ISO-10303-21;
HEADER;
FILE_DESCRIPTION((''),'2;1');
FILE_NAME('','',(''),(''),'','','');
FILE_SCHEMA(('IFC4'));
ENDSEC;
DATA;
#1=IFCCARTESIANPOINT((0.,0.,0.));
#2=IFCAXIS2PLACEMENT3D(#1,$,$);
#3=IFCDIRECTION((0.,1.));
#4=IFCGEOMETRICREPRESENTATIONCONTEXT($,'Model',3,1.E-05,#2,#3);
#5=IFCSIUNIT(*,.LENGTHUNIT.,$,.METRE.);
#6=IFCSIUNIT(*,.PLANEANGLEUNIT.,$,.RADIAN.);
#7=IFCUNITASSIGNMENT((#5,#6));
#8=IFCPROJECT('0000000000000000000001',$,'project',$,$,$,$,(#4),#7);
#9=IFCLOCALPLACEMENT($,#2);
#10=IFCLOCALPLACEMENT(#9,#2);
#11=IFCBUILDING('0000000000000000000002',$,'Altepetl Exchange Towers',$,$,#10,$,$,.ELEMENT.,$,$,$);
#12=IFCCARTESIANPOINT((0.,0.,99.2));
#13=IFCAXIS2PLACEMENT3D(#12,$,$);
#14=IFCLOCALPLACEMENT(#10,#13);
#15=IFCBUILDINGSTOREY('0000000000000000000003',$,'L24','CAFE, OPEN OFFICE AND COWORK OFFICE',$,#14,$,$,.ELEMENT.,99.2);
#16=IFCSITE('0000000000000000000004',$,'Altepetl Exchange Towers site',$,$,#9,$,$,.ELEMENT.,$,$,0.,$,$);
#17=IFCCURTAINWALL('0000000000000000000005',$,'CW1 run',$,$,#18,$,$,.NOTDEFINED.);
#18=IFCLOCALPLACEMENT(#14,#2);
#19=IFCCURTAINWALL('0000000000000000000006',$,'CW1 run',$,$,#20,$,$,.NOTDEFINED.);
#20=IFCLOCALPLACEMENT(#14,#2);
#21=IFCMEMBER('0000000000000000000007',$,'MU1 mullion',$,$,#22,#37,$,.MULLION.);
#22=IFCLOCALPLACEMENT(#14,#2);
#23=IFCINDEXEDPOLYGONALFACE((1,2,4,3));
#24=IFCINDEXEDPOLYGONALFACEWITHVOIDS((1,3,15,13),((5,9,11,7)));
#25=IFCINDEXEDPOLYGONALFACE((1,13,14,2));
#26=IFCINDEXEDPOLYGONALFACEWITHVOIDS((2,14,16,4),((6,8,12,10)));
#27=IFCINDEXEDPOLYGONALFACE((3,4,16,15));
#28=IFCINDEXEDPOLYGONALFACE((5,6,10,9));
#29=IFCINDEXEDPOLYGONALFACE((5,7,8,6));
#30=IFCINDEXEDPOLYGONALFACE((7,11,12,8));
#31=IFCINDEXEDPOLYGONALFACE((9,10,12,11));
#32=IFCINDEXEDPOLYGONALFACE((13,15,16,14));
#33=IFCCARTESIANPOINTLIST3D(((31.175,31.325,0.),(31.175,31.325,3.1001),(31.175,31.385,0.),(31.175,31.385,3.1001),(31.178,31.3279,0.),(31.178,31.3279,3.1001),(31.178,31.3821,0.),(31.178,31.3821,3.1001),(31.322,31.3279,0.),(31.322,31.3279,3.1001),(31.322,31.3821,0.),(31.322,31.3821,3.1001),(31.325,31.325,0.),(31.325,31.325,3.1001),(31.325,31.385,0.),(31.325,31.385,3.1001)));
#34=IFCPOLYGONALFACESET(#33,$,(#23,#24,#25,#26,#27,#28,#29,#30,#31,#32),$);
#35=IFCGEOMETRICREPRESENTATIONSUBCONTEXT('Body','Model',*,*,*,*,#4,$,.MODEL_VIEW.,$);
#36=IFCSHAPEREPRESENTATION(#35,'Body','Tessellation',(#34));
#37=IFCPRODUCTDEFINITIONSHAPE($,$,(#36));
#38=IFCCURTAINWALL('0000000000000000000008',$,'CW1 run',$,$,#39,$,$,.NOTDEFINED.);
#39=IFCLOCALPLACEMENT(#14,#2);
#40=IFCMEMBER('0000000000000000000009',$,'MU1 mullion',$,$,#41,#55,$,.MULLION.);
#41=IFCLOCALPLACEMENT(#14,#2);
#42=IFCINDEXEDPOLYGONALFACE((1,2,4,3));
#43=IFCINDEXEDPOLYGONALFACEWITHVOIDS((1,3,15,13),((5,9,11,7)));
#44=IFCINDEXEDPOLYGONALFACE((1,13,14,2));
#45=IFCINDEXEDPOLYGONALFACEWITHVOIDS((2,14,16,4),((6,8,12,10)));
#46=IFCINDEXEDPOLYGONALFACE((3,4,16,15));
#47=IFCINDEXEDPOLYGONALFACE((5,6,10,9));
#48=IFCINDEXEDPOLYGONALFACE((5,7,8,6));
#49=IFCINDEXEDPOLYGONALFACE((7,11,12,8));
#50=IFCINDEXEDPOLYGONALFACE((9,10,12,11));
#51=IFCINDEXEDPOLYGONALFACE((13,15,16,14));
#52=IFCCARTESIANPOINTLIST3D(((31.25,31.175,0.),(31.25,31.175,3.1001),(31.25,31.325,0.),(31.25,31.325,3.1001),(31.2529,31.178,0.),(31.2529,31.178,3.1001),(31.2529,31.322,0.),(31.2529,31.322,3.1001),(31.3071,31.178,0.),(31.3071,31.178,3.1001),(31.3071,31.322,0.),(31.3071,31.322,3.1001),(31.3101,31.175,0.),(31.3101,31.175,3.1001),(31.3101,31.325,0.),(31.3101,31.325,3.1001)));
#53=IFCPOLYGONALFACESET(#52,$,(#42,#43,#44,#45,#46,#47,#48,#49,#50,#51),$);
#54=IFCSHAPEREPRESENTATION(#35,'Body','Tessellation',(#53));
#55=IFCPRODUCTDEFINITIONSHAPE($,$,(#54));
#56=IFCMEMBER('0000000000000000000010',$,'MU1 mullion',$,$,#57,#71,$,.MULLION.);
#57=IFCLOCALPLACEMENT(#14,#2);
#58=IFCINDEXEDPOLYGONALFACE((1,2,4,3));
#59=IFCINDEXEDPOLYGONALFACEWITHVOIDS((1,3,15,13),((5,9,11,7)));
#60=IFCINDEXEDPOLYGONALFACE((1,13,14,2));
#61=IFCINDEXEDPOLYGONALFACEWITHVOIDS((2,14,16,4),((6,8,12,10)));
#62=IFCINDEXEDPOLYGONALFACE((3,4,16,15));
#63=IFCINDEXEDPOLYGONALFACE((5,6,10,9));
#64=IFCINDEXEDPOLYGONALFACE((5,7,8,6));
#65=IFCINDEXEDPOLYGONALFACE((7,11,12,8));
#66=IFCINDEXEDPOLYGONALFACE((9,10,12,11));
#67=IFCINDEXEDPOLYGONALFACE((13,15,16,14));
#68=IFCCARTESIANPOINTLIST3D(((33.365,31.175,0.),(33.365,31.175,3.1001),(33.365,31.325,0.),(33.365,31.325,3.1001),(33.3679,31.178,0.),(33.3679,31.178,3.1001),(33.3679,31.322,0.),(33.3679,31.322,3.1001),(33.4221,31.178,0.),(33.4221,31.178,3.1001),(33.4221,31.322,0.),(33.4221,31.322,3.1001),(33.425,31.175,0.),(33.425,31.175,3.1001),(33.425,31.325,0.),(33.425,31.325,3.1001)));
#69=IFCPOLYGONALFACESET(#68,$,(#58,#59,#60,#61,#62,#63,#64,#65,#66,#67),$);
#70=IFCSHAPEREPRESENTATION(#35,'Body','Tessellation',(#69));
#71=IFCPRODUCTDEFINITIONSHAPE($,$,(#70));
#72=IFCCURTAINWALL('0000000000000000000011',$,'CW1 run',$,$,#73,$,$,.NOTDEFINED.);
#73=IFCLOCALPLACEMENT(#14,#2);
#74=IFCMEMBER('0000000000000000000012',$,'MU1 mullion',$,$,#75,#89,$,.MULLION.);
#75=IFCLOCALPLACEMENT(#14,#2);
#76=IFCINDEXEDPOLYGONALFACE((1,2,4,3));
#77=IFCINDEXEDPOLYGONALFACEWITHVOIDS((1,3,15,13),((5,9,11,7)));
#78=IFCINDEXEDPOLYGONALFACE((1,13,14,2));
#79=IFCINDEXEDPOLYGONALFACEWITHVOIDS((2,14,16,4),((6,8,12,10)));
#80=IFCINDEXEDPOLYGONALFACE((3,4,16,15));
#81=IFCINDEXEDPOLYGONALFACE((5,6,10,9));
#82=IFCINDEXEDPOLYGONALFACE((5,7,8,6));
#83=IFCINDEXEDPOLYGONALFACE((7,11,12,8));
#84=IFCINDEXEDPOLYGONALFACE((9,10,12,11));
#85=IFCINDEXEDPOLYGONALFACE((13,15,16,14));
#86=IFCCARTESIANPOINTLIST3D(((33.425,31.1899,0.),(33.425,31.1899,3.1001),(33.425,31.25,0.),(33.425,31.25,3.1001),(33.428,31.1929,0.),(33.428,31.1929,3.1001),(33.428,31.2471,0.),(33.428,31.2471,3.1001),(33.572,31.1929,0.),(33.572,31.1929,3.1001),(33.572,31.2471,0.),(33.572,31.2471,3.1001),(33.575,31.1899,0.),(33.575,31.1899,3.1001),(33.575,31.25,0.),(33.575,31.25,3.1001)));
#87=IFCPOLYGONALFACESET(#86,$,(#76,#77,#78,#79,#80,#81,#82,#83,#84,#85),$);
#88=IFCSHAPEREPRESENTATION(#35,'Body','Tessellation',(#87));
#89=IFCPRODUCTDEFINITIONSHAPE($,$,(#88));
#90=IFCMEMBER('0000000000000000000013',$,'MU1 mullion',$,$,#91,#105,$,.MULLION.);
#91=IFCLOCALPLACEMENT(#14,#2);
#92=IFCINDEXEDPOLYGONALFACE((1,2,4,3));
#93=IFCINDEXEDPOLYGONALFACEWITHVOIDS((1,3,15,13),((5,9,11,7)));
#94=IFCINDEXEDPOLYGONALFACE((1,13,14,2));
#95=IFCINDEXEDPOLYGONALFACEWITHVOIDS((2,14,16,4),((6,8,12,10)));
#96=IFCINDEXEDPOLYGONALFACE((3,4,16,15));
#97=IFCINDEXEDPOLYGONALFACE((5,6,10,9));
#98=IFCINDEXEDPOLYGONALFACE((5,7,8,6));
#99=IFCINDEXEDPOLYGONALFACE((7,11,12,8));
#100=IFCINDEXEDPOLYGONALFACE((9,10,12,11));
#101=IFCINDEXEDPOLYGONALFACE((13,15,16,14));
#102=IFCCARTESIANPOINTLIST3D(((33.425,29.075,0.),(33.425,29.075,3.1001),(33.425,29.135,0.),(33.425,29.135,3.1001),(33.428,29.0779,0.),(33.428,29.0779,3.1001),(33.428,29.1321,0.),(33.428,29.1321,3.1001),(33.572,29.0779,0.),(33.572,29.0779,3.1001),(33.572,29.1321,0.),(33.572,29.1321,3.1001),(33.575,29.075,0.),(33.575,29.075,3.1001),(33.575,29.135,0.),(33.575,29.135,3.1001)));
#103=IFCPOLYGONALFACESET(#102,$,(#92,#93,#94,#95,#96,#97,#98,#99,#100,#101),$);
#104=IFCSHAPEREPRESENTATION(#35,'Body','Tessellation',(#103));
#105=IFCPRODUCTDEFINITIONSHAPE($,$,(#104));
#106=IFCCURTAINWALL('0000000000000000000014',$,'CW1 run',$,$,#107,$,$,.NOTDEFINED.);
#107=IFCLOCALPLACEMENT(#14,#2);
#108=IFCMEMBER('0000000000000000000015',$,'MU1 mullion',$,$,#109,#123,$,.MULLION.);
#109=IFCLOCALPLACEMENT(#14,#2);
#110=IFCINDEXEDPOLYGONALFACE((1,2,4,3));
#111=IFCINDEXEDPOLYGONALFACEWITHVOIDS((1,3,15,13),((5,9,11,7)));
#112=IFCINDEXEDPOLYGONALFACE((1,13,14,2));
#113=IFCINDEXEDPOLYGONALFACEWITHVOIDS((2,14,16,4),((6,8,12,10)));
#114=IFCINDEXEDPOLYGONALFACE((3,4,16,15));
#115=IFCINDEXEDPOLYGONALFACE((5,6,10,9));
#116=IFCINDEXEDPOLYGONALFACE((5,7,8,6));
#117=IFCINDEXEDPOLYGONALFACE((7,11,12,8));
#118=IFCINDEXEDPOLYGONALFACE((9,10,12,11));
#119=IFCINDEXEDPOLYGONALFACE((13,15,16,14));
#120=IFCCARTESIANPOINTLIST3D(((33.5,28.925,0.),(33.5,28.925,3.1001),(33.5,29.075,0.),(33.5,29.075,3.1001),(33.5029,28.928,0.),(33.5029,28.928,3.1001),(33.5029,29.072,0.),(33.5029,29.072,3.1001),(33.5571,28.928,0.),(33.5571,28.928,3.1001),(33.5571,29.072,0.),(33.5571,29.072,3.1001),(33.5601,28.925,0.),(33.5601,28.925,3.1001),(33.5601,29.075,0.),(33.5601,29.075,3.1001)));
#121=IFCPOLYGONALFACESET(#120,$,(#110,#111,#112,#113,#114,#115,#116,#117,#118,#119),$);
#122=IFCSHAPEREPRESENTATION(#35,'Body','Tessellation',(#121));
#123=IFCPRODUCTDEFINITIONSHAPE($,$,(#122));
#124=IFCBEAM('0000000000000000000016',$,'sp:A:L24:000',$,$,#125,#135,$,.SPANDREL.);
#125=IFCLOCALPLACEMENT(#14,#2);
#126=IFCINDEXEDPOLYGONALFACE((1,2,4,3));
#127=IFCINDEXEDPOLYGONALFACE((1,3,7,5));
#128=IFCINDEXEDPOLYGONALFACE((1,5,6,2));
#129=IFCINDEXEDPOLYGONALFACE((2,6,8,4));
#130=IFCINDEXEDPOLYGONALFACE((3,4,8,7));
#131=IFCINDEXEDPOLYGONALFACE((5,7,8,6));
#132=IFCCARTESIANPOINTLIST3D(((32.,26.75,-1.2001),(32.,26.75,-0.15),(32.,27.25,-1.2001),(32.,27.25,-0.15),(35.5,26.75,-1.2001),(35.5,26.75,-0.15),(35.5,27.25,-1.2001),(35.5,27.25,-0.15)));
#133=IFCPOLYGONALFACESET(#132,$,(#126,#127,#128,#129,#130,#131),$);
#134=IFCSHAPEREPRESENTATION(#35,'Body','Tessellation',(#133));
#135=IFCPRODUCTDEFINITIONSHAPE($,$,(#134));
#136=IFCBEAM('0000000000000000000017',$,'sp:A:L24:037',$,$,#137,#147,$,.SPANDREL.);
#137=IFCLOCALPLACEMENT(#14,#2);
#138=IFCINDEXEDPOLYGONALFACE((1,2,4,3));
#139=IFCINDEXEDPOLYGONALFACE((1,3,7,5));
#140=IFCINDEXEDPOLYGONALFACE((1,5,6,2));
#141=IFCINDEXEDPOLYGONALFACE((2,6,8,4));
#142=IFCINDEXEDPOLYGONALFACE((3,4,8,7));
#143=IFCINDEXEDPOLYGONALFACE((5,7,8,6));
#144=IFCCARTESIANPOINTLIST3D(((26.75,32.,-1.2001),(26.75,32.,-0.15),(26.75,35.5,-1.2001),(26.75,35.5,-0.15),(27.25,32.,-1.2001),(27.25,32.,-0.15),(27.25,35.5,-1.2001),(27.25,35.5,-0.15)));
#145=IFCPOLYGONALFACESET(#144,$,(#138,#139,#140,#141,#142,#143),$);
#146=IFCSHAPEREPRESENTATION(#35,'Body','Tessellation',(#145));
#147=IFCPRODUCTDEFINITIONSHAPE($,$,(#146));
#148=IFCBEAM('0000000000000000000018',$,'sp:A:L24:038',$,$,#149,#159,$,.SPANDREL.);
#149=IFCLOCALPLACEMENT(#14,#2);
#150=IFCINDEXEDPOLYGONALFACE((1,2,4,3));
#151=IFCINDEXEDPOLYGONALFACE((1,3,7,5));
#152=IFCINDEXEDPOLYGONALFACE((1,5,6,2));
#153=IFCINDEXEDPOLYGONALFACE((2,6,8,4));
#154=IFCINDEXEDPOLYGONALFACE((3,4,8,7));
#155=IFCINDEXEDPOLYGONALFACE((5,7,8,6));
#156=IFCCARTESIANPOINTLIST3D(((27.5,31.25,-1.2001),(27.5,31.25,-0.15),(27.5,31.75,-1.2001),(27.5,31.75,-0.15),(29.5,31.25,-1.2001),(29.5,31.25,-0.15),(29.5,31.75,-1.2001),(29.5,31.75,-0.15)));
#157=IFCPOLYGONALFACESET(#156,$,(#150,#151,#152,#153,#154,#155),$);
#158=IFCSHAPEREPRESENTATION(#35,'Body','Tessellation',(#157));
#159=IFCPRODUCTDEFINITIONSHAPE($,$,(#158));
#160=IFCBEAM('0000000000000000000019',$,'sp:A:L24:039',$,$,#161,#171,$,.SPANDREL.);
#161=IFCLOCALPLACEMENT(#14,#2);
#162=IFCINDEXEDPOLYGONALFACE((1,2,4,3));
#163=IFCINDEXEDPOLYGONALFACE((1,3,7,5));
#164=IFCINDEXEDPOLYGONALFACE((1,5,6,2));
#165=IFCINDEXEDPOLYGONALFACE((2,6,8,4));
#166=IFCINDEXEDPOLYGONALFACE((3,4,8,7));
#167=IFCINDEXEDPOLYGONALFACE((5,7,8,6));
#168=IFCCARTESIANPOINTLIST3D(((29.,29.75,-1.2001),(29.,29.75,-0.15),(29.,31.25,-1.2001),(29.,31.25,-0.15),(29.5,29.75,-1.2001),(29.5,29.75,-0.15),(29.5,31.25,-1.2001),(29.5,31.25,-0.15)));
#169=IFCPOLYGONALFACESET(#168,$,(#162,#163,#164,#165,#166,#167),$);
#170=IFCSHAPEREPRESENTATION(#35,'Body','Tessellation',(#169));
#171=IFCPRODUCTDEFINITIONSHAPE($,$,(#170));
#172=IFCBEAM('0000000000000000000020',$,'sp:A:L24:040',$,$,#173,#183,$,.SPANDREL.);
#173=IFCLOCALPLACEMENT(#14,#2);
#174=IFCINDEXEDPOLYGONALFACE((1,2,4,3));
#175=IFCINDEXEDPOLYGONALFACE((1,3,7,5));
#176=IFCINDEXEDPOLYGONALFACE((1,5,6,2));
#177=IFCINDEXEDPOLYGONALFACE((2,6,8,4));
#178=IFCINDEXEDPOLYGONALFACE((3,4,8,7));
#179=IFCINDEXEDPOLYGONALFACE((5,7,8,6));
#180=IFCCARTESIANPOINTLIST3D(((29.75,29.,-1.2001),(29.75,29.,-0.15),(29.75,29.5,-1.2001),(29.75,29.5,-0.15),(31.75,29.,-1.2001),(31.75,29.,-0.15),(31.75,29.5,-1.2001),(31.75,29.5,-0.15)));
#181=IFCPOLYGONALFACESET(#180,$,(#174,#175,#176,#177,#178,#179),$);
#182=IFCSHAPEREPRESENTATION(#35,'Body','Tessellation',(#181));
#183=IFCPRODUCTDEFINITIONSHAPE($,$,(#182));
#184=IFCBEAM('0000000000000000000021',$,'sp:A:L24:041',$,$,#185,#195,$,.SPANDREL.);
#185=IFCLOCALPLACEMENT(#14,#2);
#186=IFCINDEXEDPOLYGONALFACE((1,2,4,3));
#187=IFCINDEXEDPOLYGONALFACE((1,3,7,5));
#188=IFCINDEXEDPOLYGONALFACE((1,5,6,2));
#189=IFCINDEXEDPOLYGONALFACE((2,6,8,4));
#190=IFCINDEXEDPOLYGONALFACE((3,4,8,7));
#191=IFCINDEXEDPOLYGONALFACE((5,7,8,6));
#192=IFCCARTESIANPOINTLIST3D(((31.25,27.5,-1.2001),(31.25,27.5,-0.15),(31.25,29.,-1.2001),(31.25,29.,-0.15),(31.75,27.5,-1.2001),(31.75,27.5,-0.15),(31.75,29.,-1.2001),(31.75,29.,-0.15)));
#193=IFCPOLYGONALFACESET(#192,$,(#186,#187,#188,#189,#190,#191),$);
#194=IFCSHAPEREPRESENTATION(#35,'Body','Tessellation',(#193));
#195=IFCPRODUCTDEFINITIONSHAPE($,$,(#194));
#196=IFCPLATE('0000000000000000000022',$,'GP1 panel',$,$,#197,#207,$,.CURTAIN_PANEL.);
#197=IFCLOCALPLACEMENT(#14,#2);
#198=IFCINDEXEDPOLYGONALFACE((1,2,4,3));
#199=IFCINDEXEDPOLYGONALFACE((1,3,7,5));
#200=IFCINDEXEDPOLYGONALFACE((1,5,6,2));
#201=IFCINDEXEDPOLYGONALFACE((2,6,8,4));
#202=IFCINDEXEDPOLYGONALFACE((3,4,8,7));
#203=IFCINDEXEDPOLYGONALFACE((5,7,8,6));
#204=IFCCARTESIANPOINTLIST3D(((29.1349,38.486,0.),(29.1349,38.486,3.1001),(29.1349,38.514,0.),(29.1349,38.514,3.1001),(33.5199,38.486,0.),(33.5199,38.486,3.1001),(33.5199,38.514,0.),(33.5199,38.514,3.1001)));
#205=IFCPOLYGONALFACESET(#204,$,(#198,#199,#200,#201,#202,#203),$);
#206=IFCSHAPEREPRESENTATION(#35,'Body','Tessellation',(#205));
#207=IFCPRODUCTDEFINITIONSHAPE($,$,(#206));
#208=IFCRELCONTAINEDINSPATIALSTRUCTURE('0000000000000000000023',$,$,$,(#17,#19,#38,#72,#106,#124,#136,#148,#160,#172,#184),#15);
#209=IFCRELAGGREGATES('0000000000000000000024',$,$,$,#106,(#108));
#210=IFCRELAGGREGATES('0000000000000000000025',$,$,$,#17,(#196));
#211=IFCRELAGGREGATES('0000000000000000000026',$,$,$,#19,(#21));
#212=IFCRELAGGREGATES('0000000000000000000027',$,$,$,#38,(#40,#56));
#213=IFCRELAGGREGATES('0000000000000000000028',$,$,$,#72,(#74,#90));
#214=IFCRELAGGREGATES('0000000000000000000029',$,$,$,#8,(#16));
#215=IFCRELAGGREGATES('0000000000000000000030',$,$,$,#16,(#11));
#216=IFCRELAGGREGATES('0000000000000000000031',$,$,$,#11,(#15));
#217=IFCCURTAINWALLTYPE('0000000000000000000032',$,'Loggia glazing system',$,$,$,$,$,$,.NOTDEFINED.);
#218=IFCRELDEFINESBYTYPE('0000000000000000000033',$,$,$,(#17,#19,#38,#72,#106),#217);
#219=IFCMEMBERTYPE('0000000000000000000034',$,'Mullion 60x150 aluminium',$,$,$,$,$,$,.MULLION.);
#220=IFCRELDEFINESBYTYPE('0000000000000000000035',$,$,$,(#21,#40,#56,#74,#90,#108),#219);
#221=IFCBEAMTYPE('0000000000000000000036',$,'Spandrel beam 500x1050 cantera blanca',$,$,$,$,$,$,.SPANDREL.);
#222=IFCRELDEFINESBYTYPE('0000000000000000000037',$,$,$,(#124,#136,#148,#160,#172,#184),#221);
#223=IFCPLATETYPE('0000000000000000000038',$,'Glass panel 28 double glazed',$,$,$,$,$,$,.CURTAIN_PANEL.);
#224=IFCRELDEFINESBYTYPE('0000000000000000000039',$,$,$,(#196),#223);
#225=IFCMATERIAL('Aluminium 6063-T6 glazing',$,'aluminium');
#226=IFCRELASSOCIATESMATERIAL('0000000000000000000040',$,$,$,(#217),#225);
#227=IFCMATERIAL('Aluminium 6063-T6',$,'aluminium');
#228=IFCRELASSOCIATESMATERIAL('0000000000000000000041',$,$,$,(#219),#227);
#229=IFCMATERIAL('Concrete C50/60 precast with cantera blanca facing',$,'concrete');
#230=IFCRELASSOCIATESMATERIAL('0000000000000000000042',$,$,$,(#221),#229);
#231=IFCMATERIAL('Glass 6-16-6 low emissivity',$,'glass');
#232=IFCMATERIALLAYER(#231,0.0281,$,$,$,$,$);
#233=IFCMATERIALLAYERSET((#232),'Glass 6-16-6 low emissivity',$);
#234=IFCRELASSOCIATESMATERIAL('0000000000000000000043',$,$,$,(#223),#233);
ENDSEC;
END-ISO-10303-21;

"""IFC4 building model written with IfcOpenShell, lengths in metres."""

from ifc_helpers import new_model, si_unit, direction, frame, origin, origin_2d, place, context, subcontext, project, spatial, rectangle, hollow_rectangle, extrude, material, layer, layer_set, material_profile, profile_set, type_object, element, aggregate, save


model = new_model("IFC4")

# Units and contexts
model_context = context("Model", 3, precision=1e-05, world=origin(), true_north=direction((0.0, 1.0)))
body_context = subcontext(model_context, "Body", "Model", "MODEL_VIEW")
ifc_project = project(units=[si_unit("LENGTHUNIT", "METRE"), si_unit("PLANEANGLEUNIT", "RADIAN")], contexts=[model_context])

# Site, building, storey
site_placement = place(None, origin())
site = spatial("IfcSite", under=ifc_project, at=site_placement, Name="Altepetl Exchange Towers site", CompositionType="ELEMENT", RefElevation=0.0)
building_placement = place(site_placement, origin())
building = spatial("IfcBuilding", under=site, at=building_placement, Name="Altepetl Exchange Towers", CompositionType="ELEMENT")
storey_placement = place(building_placement, frame((0.0, 0.0, 99.2)))
storey = spatial("IfcBuildingStorey", under=building, at=storey_placement, Name="L24", Description="CAFE, OPEN OFFICE AND COWORK OFFICE", CompositionType="ELEMENT", Elevation=99.2)

# Curtain walls, members
ifc_material_1 = material(Name="Aluminium 6063-T6 glazing", Category="aluminium")
curtain_wall_type = type_object("IfcCurtainWallType", Name="Loggia glazing system", PredefinedType="NOTDEFINED", material=ifc_material_1)
curtain_wall_1_placement = place(storey_placement, origin())
curtain_wall_1 = element("IfcCurtainWall", 1, at=curtain_wall_1_placement, inside=storey, type_object=curtain_wall_type, Name="CW1 run", PredefinedType="NOTDEFINED")
ifc_material_2 = material(Name="Aluminium 6063-T6", Category="aluminium")
ifc_material_profile_1 = material_profile(ifc_material_2, hollow_rectangle(XDim=0.0601, YDim=0.1499, WallThickness=0.0029, at=origin_2d()), Name="Mullion 60x150 aluminium")
ifc_profile_set_1 = profile_set([ifc_material_profile_1], Name="Aluminium 6063-T6")
member_type = type_object("IfcMemberType", Name="Mullion 60x150 aluminium", PredefinedType="MULLION", material=ifc_profile_set_1)
curtain_wall_2_placement = place(storey_placement, origin())
curtain_wall_2 = element("IfcCurtainWall", 2, at=curtain_wall_2_placement, inside=storey, type_object=curtain_wall_type, Name="CW1 run", PredefinedType="NOTDEFINED")
member_1_placement = place(storey_placement, frame((31.25, 31.355, 0.0), z_axis=(0.0, 0.0, 1.0), x_axis=(0.0, -1.0, 0.0)))
member_1 = element("IfcMember", 3, at=member_1_placement, type_object=member_type, Name="MU1 mullion", PredefinedType="MULLION", context=body_context, shape_type="SweptSolid", body=[
    extrude(hollow_rectangle(XDim=0.0601, YDim=0.1499, WallThickness=0.0029, at=origin_2d()), origin(), (0.0, 0.0, 1.0), 3.1001),
])
curtain_wall_3_placement = place(storey_placement, origin())
curtain_wall_3 = element("IfcCurtainWall", 4, at=curtain_wall_3_placement, inside=storey, type_object=curtain_wall_type, Name="CW1 run", PredefinedType="NOTDEFINED")
member_2_placement = place(storey_placement, frame((31.28, 31.25, 0.0)))
member_2 = element("IfcMember", 5, at=member_2_placement, type_object=member_type, Name="MU1 mullion", PredefinedType="MULLION", context=body_context, shape_type="SweptSolid", body=[
    extrude(hollow_rectangle(XDim=0.0601, YDim=0.1499, WallThickness=0.0029, at=origin_2d()), origin(), (0.0, 0.0, 1.0), 3.1001),
])
member_3_placement = place(storey_placement, frame((33.395, 31.25, 0.0)))
member_3 = element("IfcMember", 6, at=member_3_placement, type_object=member_type, Name="MU1 mullion", PredefinedType="MULLION", context=body_context, shape_type="SweptSolid", body=[
    extrude(hollow_rectangle(XDim=0.0601, YDim=0.1499, WallThickness=0.0029, at=origin_2d()), origin(), (0.0, 0.0, 1.0), 3.1001),
])
curtain_wall_4_placement = place(storey_placement, origin())
curtain_wall_4 = element("IfcCurtainWall", 7, at=curtain_wall_4_placement, inside=storey, type_object=curtain_wall_type, Name="CW1 run", PredefinedType="NOTDEFINED")
member_4_placement = place(storey_placement, frame((33.5, 31.22, 0.0), z_axis=(0.0, 0.0, 1.0), x_axis=(0.0, -1.0, 0.0)))
member_4 = element("IfcMember", 8, at=member_4_placement, type_object=member_type, Name="MU1 mullion", PredefinedType="MULLION", context=body_context, shape_type="SweptSolid", body=[
    extrude(hollow_rectangle(XDim=0.0601, YDim=0.1499, WallThickness=0.0029, at=origin_2d()), origin(), (0.0, 0.0, 1.0), 3.1001),
])
member_5_placement = place(storey_placement, frame((33.5, 29.105, 0.0), z_axis=(0.0, 0.0, 1.0), x_axis=(0.0, -1.0, 0.0)))
member_5 = element("IfcMember", 9, at=member_5_placement, type_object=member_type, Name="MU1 mullion", PredefinedType="MULLION", context=body_context, shape_type="SweptSolid", body=[
    extrude(hollow_rectangle(XDim=0.0601, YDim=0.1499, WallThickness=0.0029, at=origin_2d()), origin(), (0.0, 0.0, 1.0), 3.1001),
])

# Curtain wall, member
curtain_wall_5_placement = place(storey_placement, origin())
curtain_wall_5 = element("IfcCurtainWall", 10, at=curtain_wall_5_placement, inside=storey, type_object=curtain_wall_type, Name="CW1 run", PredefinedType="NOTDEFINED")
member_6_placement = place(storey_placement, frame((33.53, 29.0, 0.0)))
member_6 = element("IfcMember", 11, at=member_6_placement, type_object=member_type, Name="MU1 mullion", PredefinedType="MULLION", context=body_context, shape_type="SweptSolid", body=[
    extrude(hollow_rectangle(XDim=0.0601, YDim=0.1499, WallThickness=0.0029, at=origin_2d()), origin(), (0.0, 0.0, 1.0), 3.1001),
])
aggregate(curtain_wall_5, [member_6])

# Beams
ifc_material_3 = material(Name="Concrete C50/60 precast with cantera blanca facing", Category="concrete")
ifc_material_profile_2 = material_profile(ifc_material_3, rectangle(XDim=0.5, YDim=1.05, at=origin_2d()), Name="500 x 1050")
ifc_profile_set_2 = profile_set([ifc_material_profile_2], Name="Concrete C50/60 precast with cantera blanca facing")
beam_type_1 = type_object("IfcBeamType", Name="Spandrel beam 500x1050 cantera blanca", PredefinedType="SPANDREL", material=ifc_profile_set_2)
for number, where, z_axis, x_axis, name in (
    (12, (32.0, 27.0, -0.675), (1.0, 0.0, 0.0), (0.0, 1.0, 0.0), "sp:A:L24:000"),
    (13, (27.0, 35.5, -0.675), (0.0, -1.0, 0.0), (1.0, 0.0, 0.0), "sp:A:L24:037"),
):
    element("IfcBeam", number, at=place(storey_placement, frame(where, z_axis=z_axis, x_axis=x_axis)), inside=storey, type_object=beam_type_1, Name=name, PredefinedType="SPANDREL", context=body_context, shape_type="SweptSolid", body=[
        extrude(rectangle(XDim=0.5, YDim=1.05, at=origin_2d()), origin(), (0.0, 0.0, 1.0), 3.5),
    ])
beam_1_placement = place(storey_placement, frame((27.5, 31.5, -0.675), z_axis=(1.0, 0.0, 0.0), x_axis=(0.0, 1.0, 0.0)))
element("IfcBeam", 14, at=beam_1_placement, inside=storey, type_object=beam_type_1, Name="sp:A:L24:038", PredefinedType="SPANDREL", context=body_context, shape_type="SweptSolid", body=[
    extrude(rectangle(XDim=0.5, YDim=1.05, at=origin_2d()), origin(), (0.0, 0.0, 1.0), 2.0),
])
beam_2_placement = place(storey_placement, frame((29.25, 31.25, -0.675), z_axis=(0.0, -1.0, 0.0), x_axis=(1.0, 0.0, 0.0)))
element("IfcBeam", 15, at=beam_2_placement, inside=storey, type_object=beam_type_1, Name="sp:A:L24:039", PredefinedType="SPANDREL", context=body_context, shape_type="SweptSolid", body=[
    extrude(rectangle(XDim=0.5, YDim=1.05, at=origin_2d()), origin(), (0.0, 0.0, 1.0), 1.5),
])
beam_3_placement = place(storey_placement, frame((29.75, 29.25, -0.675), z_axis=(1.0, 0.0, 0.0), x_axis=(0.0, 1.0, 0.0)))
element("IfcBeam", 16, at=beam_3_placement, inside=storey, type_object=beam_type_1, Name="sp:A:L24:040", PredefinedType="SPANDREL", context=body_context, shape_type="SweptSolid", body=[
    extrude(rectangle(XDim=0.5, YDim=1.05, at=origin_2d()), origin(), (0.0, 0.0, 1.0), 2.0),
])
beam_4_placement = place(storey_placement, frame((31.5, 29.0, -0.675), z_axis=(0.0, -1.0, 0.0), x_axis=(1.0, 0.0, 0.0)))
element("IfcBeam", 17, at=beam_4_placement, inside=storey, type_object=beam_type_1, Name="sp:A:L24:041", PredefinedType="SPANDREL", context=body_context, shape_type="SweptSolid", body=[
    extrude(rectangle(XDim=0.5, YDim=1.05, at=origin_2d()), origin(), (0.0, 0.0, 1.0), 1.5),
])

# Plate
ifc_material_4 = material(Name="Glass 6-16-6 low emissivity", Category="glass")
ifc_layer_1 = layer(ifc_material_4, 0.0281)
ifc_layer_set_1 = layer_set([ifc_layer_1], Name="Glass 6-16-6 low emissivity")
plate_type = type_object("IfcPlateType", Name="Glass panel 28 double glazed", PredefinedType="CURTAIN_PANEL", material=ifc_layer_set_1)
plate_1_placement = place(storey_placement, frame((31.3274, 38.5, 0.0), z_axis=(0.0, 0.0, 1.0), x_axis=(-1.0, 0.0, 0.0)))
plate_1 = element("IfcPlate", 18, at=plate_1_placement, type_object=plate_type, Name="GP1 panel", PredefinedType="CURTAIN_PANEL", context=body_context, shape_type="SweptSolid", body=[
    extrude(rectangle(XDim=4.385, YDim=0.0281, at=origin_2d()), origin(), (0.0, 0.0, 1.0), 3.1001),
])
aggregate(curtain_wall_1, [plate_1])
aggregate(curtain_wall_2, [member_1])
aggregate(curtain_wall_3, [member_2, member_3])
aggregate(curtain_wall_4, [member_4, member_5])

save(model, "model.ifc")
